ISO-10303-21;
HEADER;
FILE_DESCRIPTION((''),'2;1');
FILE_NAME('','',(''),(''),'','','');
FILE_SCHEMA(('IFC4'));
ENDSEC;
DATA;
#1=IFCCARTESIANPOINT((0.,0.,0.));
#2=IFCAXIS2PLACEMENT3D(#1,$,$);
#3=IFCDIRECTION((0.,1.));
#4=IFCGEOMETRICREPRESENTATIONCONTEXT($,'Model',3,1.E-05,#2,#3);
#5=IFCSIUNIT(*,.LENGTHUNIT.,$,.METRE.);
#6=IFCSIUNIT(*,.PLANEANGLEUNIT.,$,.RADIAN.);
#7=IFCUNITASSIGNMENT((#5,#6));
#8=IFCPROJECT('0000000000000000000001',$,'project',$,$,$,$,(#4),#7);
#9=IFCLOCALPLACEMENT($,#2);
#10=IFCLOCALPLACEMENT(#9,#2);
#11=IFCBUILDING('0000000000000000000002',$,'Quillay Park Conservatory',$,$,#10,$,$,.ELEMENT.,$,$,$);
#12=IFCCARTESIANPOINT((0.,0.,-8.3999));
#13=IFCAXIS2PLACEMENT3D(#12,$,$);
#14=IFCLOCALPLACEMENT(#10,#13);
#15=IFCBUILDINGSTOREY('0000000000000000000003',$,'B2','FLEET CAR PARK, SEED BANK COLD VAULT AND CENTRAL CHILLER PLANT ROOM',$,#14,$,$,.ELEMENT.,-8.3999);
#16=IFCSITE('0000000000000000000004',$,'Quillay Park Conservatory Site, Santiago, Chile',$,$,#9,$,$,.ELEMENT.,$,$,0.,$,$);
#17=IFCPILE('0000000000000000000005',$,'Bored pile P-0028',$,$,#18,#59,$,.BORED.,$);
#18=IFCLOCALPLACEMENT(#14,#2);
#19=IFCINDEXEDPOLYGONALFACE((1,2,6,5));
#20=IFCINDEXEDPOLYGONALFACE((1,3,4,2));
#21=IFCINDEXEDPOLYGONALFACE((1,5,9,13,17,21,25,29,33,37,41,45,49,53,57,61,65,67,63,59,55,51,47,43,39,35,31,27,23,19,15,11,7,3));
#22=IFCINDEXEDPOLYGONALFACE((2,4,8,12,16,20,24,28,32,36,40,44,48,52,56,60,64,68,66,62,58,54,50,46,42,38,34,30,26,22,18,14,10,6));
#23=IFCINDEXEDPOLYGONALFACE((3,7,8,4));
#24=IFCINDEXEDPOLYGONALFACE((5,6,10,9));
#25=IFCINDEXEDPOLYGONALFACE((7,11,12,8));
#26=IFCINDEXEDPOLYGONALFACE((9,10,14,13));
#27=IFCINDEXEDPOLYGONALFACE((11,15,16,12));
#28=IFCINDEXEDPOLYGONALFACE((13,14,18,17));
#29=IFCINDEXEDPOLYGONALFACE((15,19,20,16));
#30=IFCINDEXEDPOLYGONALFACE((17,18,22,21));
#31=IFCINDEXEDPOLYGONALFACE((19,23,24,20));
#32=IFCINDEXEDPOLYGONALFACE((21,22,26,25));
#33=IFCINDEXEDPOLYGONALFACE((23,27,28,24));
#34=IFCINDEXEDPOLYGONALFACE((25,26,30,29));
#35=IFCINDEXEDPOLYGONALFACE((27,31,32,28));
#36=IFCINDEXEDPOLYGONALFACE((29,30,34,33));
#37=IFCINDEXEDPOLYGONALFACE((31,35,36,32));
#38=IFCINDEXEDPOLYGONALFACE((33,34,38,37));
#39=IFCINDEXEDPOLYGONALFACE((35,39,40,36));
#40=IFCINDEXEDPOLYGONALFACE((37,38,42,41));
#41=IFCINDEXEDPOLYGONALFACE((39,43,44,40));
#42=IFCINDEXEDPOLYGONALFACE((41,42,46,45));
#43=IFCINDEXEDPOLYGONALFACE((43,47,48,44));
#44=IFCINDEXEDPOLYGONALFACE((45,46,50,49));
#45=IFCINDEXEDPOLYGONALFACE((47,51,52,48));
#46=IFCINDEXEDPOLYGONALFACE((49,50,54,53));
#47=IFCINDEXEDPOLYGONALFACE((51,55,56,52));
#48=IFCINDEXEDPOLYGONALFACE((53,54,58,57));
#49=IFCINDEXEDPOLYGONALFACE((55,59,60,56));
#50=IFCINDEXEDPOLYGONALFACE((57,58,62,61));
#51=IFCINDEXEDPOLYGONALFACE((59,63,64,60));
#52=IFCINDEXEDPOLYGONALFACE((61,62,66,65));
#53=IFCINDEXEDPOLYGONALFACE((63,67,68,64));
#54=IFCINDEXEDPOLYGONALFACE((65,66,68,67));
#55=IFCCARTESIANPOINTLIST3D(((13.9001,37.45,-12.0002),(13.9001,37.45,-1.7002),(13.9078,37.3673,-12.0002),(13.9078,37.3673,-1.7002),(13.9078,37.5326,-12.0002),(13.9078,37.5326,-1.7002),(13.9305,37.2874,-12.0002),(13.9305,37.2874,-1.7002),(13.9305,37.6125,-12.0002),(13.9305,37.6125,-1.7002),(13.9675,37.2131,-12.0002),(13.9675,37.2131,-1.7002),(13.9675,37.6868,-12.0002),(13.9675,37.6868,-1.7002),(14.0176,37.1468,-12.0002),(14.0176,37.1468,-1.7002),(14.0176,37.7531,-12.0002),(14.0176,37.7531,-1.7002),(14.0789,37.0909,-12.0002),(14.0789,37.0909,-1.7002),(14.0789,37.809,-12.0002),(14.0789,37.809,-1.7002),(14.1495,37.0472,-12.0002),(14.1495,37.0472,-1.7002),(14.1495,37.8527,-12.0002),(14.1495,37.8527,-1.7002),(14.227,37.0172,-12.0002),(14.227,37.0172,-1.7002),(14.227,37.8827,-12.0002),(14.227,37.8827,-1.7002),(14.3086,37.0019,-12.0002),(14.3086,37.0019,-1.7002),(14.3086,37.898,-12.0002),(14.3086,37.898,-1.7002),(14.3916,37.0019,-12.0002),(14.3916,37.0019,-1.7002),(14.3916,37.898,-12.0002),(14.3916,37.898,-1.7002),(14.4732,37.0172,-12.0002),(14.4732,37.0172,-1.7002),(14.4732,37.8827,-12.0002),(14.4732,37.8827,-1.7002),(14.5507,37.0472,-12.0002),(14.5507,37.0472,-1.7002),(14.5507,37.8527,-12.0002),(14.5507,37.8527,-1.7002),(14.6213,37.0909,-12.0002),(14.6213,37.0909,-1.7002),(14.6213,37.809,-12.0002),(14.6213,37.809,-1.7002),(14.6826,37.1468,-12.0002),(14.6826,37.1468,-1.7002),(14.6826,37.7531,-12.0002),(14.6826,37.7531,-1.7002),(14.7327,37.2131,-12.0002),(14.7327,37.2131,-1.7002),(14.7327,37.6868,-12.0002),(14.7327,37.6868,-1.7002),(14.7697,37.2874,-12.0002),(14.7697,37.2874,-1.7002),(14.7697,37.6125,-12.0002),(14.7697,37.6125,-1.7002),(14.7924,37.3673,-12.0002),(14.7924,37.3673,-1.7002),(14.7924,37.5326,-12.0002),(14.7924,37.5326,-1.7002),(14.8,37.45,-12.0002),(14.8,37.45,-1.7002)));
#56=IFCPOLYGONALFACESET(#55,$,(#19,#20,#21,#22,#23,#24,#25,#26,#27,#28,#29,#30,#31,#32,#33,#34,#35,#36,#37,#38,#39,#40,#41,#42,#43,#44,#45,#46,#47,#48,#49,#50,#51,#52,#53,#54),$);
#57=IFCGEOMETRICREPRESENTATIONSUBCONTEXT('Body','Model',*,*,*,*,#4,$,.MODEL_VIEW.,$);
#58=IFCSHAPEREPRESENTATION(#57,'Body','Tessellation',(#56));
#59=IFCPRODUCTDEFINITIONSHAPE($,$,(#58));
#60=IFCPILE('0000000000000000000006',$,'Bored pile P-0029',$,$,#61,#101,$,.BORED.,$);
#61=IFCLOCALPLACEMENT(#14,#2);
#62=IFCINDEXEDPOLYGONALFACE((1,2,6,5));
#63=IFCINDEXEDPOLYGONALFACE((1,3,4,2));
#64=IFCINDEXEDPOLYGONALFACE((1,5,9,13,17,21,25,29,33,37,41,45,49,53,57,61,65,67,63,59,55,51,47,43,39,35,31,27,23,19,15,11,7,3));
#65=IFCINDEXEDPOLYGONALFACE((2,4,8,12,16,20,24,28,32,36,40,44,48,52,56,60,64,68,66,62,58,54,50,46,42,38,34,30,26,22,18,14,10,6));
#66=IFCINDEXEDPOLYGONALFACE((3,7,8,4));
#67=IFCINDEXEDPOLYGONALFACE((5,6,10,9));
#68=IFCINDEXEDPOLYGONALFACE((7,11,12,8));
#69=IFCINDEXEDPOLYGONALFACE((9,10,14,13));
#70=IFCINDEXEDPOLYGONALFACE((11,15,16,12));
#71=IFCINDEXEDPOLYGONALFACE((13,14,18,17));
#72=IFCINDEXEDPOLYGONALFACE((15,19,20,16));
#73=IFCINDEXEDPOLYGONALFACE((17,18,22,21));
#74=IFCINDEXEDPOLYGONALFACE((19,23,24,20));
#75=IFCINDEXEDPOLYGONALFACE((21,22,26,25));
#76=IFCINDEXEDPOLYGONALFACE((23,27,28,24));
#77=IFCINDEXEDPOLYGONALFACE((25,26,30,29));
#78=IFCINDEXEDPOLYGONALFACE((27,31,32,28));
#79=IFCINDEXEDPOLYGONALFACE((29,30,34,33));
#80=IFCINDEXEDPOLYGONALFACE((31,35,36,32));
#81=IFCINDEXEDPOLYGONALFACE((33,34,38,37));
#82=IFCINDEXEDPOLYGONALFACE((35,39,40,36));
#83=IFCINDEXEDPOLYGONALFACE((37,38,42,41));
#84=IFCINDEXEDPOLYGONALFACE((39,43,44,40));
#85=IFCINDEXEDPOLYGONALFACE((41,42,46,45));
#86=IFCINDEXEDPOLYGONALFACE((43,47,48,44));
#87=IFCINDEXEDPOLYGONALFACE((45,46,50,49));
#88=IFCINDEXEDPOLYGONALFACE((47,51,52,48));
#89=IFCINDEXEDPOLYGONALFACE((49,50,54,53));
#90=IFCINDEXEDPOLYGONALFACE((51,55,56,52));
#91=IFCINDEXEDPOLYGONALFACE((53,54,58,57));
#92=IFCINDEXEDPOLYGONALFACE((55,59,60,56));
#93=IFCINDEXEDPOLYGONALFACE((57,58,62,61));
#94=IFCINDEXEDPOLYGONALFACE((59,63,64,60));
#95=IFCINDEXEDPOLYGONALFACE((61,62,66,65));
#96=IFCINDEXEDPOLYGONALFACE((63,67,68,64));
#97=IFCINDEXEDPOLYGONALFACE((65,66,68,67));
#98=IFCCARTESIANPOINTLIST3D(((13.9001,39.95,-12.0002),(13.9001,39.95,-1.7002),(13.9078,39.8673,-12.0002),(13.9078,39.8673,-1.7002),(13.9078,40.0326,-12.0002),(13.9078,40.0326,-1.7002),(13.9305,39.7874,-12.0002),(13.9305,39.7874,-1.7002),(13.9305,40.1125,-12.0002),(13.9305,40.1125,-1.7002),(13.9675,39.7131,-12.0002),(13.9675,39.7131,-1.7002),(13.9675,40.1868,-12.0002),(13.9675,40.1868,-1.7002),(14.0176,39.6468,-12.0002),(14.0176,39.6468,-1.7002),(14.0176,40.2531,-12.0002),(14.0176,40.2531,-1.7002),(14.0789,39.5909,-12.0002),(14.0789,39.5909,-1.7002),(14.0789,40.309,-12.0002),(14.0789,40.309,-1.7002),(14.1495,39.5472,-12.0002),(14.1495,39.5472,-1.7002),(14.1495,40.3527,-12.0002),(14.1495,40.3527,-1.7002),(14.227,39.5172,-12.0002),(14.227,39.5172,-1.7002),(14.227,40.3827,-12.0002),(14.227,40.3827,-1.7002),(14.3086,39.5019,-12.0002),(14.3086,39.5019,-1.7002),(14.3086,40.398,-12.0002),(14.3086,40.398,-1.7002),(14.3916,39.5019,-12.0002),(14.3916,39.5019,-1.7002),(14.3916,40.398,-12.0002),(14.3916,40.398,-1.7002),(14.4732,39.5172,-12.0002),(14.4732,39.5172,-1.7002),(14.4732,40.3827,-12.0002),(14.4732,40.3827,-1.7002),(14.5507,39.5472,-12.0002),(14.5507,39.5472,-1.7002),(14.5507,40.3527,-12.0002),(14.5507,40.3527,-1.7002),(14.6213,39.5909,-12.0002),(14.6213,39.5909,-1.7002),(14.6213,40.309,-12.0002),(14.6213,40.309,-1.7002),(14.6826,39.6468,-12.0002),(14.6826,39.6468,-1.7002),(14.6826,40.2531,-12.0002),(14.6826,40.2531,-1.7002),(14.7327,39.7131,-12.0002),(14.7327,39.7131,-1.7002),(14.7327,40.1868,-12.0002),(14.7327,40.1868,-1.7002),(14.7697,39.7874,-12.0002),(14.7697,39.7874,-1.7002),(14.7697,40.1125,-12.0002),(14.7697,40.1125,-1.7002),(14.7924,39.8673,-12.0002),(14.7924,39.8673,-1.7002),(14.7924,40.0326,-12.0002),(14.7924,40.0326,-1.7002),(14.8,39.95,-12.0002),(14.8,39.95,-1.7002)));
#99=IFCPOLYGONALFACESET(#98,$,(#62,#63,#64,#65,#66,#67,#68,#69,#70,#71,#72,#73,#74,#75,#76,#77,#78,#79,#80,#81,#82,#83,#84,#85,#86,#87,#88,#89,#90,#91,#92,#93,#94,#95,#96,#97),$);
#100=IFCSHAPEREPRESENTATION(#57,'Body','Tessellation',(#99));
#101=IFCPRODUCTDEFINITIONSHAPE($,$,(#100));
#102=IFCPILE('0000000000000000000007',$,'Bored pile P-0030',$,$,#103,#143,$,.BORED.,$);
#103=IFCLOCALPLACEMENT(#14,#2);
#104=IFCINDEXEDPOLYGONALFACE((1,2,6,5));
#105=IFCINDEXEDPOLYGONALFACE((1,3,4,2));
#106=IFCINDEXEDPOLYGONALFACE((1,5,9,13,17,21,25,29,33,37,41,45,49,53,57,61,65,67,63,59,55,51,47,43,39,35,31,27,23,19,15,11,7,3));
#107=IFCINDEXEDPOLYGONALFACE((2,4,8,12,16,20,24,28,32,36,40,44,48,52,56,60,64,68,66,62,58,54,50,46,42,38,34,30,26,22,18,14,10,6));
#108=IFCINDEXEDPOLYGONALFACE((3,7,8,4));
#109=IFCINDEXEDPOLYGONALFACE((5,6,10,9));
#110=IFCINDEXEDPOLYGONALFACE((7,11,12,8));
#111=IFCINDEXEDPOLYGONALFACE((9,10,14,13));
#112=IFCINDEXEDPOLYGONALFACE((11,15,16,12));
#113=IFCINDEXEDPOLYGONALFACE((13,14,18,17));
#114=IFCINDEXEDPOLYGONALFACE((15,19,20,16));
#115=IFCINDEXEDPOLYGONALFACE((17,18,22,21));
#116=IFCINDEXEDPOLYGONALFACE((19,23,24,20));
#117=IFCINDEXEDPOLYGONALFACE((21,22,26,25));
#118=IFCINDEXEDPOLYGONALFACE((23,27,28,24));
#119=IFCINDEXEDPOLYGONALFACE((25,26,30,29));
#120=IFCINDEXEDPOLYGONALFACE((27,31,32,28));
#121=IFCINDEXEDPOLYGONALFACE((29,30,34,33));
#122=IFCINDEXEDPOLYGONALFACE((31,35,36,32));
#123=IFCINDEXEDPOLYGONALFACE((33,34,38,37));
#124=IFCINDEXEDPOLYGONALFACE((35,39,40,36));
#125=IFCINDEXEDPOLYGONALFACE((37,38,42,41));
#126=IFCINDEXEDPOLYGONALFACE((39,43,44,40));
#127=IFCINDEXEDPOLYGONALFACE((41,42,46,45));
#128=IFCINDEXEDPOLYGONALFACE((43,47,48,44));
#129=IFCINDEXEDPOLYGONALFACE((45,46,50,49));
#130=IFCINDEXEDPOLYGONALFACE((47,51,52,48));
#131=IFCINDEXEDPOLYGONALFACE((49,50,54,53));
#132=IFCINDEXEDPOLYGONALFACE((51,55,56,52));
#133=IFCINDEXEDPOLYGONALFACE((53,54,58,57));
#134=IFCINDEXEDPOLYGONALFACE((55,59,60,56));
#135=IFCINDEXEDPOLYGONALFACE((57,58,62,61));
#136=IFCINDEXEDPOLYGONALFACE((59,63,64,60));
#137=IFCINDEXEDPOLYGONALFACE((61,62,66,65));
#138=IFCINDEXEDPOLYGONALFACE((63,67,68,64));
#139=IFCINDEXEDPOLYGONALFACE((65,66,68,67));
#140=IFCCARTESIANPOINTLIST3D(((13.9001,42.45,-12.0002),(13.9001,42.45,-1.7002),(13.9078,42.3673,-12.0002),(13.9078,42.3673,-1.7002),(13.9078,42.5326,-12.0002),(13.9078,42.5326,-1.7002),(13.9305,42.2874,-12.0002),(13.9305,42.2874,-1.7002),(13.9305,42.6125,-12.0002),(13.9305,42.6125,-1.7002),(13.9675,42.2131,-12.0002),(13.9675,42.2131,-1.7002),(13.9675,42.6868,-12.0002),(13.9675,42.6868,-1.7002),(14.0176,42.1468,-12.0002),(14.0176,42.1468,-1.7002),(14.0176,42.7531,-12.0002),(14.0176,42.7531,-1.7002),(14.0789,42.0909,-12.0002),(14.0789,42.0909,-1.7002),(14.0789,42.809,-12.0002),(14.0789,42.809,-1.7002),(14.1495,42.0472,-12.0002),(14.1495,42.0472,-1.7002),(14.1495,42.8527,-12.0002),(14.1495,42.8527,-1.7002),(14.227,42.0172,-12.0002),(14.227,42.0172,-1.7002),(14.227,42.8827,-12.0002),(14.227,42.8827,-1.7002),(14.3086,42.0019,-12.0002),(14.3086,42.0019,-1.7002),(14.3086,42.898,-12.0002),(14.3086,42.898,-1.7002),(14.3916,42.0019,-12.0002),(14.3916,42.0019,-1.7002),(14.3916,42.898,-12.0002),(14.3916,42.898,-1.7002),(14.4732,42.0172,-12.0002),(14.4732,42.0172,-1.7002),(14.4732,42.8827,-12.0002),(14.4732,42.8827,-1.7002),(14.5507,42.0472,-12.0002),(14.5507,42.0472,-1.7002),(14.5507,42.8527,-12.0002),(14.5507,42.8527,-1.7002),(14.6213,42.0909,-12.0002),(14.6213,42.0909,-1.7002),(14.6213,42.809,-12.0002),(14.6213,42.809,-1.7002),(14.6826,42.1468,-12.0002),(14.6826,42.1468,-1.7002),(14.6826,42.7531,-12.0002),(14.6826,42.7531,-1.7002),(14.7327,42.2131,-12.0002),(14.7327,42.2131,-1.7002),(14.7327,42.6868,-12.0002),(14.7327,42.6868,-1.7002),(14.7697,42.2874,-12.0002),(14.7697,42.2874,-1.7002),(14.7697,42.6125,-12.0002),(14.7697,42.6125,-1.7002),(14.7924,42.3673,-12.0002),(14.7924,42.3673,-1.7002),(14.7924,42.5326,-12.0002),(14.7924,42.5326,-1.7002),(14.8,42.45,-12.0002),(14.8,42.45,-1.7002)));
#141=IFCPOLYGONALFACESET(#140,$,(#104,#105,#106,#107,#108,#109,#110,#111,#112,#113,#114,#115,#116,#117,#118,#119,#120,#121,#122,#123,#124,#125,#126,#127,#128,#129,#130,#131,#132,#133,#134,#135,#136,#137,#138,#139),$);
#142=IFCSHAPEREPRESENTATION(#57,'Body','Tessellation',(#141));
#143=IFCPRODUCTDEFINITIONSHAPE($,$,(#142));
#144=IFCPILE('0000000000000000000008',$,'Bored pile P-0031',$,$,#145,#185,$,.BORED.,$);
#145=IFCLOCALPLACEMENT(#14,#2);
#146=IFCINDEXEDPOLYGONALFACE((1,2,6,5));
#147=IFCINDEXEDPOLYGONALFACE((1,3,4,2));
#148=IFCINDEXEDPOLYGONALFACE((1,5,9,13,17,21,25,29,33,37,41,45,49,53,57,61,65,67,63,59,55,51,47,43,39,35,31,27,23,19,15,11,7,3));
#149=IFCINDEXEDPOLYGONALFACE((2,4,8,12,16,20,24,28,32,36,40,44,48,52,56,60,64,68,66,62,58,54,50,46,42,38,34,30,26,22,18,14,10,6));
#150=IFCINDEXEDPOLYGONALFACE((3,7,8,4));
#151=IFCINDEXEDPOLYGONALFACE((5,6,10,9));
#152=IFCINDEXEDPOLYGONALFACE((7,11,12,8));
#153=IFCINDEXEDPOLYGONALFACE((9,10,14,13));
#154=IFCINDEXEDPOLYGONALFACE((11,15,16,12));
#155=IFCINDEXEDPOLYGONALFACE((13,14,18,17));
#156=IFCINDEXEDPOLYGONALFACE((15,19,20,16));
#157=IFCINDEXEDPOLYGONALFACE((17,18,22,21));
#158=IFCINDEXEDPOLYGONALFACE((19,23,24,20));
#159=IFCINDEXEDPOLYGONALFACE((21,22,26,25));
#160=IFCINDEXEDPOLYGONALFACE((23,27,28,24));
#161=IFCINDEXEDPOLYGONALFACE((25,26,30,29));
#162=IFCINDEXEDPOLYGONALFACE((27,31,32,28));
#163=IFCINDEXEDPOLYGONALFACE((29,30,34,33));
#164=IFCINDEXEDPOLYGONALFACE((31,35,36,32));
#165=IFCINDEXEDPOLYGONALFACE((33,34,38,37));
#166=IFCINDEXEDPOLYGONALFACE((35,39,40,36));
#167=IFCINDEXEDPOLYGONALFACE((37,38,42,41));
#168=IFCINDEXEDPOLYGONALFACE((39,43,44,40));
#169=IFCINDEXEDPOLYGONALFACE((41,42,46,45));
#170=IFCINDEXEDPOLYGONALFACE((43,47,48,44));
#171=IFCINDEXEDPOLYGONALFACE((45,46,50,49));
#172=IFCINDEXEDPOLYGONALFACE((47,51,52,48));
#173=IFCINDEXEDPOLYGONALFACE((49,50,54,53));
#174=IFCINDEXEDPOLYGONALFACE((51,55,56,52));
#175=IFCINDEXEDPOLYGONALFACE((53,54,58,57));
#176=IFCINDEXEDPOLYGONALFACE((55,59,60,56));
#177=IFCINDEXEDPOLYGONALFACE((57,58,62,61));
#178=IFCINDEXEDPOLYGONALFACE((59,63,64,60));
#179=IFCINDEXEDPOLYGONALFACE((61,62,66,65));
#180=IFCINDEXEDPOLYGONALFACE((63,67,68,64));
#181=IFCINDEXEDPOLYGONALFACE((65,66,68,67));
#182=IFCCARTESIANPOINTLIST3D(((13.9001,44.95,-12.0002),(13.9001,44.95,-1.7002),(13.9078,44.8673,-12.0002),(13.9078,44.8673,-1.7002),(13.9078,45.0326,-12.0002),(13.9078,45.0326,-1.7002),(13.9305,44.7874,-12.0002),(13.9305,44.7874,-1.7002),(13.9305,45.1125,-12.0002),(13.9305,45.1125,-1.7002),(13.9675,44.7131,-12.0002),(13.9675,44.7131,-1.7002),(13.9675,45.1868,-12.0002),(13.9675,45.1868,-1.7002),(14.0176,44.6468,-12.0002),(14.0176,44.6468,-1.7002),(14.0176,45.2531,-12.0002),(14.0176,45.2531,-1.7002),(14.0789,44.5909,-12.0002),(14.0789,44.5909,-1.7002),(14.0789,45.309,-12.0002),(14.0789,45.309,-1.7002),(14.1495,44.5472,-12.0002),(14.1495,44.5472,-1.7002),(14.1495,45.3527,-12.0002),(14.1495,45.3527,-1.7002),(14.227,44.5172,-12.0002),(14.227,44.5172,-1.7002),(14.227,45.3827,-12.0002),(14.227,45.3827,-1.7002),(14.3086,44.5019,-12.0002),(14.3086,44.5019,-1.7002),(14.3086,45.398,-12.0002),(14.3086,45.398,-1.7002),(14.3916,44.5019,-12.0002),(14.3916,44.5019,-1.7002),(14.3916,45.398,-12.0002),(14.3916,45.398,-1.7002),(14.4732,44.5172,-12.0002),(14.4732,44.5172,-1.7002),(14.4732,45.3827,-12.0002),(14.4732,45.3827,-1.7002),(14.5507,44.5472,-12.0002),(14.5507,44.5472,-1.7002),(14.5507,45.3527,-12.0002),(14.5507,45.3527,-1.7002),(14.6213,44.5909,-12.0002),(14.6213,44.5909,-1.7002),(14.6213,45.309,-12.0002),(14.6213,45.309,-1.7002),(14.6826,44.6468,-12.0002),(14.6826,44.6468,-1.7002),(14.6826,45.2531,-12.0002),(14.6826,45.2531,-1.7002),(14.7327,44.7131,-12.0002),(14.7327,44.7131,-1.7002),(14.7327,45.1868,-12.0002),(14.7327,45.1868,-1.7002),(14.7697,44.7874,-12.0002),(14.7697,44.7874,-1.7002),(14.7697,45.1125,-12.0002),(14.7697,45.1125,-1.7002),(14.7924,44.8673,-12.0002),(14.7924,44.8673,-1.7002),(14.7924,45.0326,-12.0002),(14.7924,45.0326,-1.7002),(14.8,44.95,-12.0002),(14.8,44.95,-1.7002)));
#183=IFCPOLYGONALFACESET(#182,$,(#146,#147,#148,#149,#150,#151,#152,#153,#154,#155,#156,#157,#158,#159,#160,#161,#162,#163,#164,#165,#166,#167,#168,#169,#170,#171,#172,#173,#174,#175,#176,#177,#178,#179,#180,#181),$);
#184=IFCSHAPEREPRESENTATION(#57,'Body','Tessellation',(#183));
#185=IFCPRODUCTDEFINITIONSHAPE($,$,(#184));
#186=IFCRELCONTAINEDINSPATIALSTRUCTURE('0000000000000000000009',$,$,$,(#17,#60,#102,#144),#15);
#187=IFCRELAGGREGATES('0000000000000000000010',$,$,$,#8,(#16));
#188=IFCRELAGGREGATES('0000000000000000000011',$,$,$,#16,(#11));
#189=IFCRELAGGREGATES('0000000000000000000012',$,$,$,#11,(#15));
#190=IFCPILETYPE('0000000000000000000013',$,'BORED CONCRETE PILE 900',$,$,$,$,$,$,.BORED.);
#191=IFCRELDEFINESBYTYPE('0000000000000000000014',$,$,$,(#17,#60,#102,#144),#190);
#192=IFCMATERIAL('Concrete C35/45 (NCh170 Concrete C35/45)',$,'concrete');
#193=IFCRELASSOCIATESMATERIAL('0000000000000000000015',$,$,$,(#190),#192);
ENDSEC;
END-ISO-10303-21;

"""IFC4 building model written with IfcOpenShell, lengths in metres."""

from ifc_helpers import new_model, si_unit, direction, frame, origin, origin_2d, place, context, subcontext, project, spatial, circle, extrude, material, material_profile, profile_set, type_object, element, save


model = new_model("IFC4")

# Units and contexts
model_context = context("Model", 3, precision=1e-05, world=origin(), true_north=direction((0.0, 1.0)))
body_context = subcontext(model_context, "Body", "Model", "MODEL_VIEW")
ifc_project = project(units=[si_unit("LENGTHUNIT", "METRE"), si_unit("PLANEANGLEUNIT", "RADIAN")], contexts=[model_context])

# Site, building, storey
site_placement = place(None, origin())
site = spatial("IfcSite", under=ifc_project, at=site_placement, Name="Quillay Park Conservatory Site, Santiago, Chile", CompositionType="ELEMENT", RefElevation=0.0)
building_placement = place(site_placement, origin())
building = spatial("IfcBuilding", under=site, at=building_placement, Name="Quillay Park Conservatory", CompositionType="ELEMENT")
storey_placement = place(building_placement, frame((0.0, 0.0, -8.3999)))
storey = spatial("IfcBuildingStorey", under=building, at=storey_placement, Name="B2", Description="FLEET CAR PARK, SEED BANK COLD VAULT AND CENTRAL CHILLER PLANT ROOM", CompositionType="ELEMENT", Elevation=-8.3999)

# Piles
ifc_material_1 = material(Name="Concrete C35/45 (NCh170 Concrete C35/45)", Category="concrete")
ifc_material_profile_1 = material_profile(ifc_material_1, circle(Radius=0.45, at=origin_2d()), Name="PILE900")
ifc_profile_set_1 = profile_set([ifc_material_profile_1], Name="Concrete C35/45 (NCh170 Concrete C35/45)")
pile_type = type_object("IfcPileType", Name="BORED CONCRETE PILE 900", PredefinedType="BORED", material=ifc_profile_set_1)
for number, where, z_axis, x_axis, name in (
    (1, (14.3501, 37.45, -1.7002), (0.0, 0.0, -1.0), (1.0, 0.0, 0.0), "Bored pile P-0028"),
    (2, (14.3501, 39.95, -1.7002), (0.0, 0.0, -1.0), (1.0, 0.0, 0.0), "Bored pile P-0029"),
    (3, (14.3501, 42.45, -1.7002), (0.0, 0.0, -1.0), (1.0, 0.0, 0.0), "Bored pile P-0030"),
    (4, (14.3501, 44.95, -1.7002), (0.0, 0.0, -1.0), (1.0, 0.0, 0.0), "Bored pile P-0031"),
):
    element("IfcPile", number, at=place(storey_placement, frame(where, z_axis=z_axis, x_axis=x_axis)), inside=storey, type_object=pile_type, Name=name, PredefinedType="BORED", context=body_context, shape_type="SweptSolid", body=[
        extrude(circle(Radius=0.45, at=origin_2d()), origin(), (0.0, 0.0, 1.0), 10.3),
    ])

save(model, "model.ifc")
